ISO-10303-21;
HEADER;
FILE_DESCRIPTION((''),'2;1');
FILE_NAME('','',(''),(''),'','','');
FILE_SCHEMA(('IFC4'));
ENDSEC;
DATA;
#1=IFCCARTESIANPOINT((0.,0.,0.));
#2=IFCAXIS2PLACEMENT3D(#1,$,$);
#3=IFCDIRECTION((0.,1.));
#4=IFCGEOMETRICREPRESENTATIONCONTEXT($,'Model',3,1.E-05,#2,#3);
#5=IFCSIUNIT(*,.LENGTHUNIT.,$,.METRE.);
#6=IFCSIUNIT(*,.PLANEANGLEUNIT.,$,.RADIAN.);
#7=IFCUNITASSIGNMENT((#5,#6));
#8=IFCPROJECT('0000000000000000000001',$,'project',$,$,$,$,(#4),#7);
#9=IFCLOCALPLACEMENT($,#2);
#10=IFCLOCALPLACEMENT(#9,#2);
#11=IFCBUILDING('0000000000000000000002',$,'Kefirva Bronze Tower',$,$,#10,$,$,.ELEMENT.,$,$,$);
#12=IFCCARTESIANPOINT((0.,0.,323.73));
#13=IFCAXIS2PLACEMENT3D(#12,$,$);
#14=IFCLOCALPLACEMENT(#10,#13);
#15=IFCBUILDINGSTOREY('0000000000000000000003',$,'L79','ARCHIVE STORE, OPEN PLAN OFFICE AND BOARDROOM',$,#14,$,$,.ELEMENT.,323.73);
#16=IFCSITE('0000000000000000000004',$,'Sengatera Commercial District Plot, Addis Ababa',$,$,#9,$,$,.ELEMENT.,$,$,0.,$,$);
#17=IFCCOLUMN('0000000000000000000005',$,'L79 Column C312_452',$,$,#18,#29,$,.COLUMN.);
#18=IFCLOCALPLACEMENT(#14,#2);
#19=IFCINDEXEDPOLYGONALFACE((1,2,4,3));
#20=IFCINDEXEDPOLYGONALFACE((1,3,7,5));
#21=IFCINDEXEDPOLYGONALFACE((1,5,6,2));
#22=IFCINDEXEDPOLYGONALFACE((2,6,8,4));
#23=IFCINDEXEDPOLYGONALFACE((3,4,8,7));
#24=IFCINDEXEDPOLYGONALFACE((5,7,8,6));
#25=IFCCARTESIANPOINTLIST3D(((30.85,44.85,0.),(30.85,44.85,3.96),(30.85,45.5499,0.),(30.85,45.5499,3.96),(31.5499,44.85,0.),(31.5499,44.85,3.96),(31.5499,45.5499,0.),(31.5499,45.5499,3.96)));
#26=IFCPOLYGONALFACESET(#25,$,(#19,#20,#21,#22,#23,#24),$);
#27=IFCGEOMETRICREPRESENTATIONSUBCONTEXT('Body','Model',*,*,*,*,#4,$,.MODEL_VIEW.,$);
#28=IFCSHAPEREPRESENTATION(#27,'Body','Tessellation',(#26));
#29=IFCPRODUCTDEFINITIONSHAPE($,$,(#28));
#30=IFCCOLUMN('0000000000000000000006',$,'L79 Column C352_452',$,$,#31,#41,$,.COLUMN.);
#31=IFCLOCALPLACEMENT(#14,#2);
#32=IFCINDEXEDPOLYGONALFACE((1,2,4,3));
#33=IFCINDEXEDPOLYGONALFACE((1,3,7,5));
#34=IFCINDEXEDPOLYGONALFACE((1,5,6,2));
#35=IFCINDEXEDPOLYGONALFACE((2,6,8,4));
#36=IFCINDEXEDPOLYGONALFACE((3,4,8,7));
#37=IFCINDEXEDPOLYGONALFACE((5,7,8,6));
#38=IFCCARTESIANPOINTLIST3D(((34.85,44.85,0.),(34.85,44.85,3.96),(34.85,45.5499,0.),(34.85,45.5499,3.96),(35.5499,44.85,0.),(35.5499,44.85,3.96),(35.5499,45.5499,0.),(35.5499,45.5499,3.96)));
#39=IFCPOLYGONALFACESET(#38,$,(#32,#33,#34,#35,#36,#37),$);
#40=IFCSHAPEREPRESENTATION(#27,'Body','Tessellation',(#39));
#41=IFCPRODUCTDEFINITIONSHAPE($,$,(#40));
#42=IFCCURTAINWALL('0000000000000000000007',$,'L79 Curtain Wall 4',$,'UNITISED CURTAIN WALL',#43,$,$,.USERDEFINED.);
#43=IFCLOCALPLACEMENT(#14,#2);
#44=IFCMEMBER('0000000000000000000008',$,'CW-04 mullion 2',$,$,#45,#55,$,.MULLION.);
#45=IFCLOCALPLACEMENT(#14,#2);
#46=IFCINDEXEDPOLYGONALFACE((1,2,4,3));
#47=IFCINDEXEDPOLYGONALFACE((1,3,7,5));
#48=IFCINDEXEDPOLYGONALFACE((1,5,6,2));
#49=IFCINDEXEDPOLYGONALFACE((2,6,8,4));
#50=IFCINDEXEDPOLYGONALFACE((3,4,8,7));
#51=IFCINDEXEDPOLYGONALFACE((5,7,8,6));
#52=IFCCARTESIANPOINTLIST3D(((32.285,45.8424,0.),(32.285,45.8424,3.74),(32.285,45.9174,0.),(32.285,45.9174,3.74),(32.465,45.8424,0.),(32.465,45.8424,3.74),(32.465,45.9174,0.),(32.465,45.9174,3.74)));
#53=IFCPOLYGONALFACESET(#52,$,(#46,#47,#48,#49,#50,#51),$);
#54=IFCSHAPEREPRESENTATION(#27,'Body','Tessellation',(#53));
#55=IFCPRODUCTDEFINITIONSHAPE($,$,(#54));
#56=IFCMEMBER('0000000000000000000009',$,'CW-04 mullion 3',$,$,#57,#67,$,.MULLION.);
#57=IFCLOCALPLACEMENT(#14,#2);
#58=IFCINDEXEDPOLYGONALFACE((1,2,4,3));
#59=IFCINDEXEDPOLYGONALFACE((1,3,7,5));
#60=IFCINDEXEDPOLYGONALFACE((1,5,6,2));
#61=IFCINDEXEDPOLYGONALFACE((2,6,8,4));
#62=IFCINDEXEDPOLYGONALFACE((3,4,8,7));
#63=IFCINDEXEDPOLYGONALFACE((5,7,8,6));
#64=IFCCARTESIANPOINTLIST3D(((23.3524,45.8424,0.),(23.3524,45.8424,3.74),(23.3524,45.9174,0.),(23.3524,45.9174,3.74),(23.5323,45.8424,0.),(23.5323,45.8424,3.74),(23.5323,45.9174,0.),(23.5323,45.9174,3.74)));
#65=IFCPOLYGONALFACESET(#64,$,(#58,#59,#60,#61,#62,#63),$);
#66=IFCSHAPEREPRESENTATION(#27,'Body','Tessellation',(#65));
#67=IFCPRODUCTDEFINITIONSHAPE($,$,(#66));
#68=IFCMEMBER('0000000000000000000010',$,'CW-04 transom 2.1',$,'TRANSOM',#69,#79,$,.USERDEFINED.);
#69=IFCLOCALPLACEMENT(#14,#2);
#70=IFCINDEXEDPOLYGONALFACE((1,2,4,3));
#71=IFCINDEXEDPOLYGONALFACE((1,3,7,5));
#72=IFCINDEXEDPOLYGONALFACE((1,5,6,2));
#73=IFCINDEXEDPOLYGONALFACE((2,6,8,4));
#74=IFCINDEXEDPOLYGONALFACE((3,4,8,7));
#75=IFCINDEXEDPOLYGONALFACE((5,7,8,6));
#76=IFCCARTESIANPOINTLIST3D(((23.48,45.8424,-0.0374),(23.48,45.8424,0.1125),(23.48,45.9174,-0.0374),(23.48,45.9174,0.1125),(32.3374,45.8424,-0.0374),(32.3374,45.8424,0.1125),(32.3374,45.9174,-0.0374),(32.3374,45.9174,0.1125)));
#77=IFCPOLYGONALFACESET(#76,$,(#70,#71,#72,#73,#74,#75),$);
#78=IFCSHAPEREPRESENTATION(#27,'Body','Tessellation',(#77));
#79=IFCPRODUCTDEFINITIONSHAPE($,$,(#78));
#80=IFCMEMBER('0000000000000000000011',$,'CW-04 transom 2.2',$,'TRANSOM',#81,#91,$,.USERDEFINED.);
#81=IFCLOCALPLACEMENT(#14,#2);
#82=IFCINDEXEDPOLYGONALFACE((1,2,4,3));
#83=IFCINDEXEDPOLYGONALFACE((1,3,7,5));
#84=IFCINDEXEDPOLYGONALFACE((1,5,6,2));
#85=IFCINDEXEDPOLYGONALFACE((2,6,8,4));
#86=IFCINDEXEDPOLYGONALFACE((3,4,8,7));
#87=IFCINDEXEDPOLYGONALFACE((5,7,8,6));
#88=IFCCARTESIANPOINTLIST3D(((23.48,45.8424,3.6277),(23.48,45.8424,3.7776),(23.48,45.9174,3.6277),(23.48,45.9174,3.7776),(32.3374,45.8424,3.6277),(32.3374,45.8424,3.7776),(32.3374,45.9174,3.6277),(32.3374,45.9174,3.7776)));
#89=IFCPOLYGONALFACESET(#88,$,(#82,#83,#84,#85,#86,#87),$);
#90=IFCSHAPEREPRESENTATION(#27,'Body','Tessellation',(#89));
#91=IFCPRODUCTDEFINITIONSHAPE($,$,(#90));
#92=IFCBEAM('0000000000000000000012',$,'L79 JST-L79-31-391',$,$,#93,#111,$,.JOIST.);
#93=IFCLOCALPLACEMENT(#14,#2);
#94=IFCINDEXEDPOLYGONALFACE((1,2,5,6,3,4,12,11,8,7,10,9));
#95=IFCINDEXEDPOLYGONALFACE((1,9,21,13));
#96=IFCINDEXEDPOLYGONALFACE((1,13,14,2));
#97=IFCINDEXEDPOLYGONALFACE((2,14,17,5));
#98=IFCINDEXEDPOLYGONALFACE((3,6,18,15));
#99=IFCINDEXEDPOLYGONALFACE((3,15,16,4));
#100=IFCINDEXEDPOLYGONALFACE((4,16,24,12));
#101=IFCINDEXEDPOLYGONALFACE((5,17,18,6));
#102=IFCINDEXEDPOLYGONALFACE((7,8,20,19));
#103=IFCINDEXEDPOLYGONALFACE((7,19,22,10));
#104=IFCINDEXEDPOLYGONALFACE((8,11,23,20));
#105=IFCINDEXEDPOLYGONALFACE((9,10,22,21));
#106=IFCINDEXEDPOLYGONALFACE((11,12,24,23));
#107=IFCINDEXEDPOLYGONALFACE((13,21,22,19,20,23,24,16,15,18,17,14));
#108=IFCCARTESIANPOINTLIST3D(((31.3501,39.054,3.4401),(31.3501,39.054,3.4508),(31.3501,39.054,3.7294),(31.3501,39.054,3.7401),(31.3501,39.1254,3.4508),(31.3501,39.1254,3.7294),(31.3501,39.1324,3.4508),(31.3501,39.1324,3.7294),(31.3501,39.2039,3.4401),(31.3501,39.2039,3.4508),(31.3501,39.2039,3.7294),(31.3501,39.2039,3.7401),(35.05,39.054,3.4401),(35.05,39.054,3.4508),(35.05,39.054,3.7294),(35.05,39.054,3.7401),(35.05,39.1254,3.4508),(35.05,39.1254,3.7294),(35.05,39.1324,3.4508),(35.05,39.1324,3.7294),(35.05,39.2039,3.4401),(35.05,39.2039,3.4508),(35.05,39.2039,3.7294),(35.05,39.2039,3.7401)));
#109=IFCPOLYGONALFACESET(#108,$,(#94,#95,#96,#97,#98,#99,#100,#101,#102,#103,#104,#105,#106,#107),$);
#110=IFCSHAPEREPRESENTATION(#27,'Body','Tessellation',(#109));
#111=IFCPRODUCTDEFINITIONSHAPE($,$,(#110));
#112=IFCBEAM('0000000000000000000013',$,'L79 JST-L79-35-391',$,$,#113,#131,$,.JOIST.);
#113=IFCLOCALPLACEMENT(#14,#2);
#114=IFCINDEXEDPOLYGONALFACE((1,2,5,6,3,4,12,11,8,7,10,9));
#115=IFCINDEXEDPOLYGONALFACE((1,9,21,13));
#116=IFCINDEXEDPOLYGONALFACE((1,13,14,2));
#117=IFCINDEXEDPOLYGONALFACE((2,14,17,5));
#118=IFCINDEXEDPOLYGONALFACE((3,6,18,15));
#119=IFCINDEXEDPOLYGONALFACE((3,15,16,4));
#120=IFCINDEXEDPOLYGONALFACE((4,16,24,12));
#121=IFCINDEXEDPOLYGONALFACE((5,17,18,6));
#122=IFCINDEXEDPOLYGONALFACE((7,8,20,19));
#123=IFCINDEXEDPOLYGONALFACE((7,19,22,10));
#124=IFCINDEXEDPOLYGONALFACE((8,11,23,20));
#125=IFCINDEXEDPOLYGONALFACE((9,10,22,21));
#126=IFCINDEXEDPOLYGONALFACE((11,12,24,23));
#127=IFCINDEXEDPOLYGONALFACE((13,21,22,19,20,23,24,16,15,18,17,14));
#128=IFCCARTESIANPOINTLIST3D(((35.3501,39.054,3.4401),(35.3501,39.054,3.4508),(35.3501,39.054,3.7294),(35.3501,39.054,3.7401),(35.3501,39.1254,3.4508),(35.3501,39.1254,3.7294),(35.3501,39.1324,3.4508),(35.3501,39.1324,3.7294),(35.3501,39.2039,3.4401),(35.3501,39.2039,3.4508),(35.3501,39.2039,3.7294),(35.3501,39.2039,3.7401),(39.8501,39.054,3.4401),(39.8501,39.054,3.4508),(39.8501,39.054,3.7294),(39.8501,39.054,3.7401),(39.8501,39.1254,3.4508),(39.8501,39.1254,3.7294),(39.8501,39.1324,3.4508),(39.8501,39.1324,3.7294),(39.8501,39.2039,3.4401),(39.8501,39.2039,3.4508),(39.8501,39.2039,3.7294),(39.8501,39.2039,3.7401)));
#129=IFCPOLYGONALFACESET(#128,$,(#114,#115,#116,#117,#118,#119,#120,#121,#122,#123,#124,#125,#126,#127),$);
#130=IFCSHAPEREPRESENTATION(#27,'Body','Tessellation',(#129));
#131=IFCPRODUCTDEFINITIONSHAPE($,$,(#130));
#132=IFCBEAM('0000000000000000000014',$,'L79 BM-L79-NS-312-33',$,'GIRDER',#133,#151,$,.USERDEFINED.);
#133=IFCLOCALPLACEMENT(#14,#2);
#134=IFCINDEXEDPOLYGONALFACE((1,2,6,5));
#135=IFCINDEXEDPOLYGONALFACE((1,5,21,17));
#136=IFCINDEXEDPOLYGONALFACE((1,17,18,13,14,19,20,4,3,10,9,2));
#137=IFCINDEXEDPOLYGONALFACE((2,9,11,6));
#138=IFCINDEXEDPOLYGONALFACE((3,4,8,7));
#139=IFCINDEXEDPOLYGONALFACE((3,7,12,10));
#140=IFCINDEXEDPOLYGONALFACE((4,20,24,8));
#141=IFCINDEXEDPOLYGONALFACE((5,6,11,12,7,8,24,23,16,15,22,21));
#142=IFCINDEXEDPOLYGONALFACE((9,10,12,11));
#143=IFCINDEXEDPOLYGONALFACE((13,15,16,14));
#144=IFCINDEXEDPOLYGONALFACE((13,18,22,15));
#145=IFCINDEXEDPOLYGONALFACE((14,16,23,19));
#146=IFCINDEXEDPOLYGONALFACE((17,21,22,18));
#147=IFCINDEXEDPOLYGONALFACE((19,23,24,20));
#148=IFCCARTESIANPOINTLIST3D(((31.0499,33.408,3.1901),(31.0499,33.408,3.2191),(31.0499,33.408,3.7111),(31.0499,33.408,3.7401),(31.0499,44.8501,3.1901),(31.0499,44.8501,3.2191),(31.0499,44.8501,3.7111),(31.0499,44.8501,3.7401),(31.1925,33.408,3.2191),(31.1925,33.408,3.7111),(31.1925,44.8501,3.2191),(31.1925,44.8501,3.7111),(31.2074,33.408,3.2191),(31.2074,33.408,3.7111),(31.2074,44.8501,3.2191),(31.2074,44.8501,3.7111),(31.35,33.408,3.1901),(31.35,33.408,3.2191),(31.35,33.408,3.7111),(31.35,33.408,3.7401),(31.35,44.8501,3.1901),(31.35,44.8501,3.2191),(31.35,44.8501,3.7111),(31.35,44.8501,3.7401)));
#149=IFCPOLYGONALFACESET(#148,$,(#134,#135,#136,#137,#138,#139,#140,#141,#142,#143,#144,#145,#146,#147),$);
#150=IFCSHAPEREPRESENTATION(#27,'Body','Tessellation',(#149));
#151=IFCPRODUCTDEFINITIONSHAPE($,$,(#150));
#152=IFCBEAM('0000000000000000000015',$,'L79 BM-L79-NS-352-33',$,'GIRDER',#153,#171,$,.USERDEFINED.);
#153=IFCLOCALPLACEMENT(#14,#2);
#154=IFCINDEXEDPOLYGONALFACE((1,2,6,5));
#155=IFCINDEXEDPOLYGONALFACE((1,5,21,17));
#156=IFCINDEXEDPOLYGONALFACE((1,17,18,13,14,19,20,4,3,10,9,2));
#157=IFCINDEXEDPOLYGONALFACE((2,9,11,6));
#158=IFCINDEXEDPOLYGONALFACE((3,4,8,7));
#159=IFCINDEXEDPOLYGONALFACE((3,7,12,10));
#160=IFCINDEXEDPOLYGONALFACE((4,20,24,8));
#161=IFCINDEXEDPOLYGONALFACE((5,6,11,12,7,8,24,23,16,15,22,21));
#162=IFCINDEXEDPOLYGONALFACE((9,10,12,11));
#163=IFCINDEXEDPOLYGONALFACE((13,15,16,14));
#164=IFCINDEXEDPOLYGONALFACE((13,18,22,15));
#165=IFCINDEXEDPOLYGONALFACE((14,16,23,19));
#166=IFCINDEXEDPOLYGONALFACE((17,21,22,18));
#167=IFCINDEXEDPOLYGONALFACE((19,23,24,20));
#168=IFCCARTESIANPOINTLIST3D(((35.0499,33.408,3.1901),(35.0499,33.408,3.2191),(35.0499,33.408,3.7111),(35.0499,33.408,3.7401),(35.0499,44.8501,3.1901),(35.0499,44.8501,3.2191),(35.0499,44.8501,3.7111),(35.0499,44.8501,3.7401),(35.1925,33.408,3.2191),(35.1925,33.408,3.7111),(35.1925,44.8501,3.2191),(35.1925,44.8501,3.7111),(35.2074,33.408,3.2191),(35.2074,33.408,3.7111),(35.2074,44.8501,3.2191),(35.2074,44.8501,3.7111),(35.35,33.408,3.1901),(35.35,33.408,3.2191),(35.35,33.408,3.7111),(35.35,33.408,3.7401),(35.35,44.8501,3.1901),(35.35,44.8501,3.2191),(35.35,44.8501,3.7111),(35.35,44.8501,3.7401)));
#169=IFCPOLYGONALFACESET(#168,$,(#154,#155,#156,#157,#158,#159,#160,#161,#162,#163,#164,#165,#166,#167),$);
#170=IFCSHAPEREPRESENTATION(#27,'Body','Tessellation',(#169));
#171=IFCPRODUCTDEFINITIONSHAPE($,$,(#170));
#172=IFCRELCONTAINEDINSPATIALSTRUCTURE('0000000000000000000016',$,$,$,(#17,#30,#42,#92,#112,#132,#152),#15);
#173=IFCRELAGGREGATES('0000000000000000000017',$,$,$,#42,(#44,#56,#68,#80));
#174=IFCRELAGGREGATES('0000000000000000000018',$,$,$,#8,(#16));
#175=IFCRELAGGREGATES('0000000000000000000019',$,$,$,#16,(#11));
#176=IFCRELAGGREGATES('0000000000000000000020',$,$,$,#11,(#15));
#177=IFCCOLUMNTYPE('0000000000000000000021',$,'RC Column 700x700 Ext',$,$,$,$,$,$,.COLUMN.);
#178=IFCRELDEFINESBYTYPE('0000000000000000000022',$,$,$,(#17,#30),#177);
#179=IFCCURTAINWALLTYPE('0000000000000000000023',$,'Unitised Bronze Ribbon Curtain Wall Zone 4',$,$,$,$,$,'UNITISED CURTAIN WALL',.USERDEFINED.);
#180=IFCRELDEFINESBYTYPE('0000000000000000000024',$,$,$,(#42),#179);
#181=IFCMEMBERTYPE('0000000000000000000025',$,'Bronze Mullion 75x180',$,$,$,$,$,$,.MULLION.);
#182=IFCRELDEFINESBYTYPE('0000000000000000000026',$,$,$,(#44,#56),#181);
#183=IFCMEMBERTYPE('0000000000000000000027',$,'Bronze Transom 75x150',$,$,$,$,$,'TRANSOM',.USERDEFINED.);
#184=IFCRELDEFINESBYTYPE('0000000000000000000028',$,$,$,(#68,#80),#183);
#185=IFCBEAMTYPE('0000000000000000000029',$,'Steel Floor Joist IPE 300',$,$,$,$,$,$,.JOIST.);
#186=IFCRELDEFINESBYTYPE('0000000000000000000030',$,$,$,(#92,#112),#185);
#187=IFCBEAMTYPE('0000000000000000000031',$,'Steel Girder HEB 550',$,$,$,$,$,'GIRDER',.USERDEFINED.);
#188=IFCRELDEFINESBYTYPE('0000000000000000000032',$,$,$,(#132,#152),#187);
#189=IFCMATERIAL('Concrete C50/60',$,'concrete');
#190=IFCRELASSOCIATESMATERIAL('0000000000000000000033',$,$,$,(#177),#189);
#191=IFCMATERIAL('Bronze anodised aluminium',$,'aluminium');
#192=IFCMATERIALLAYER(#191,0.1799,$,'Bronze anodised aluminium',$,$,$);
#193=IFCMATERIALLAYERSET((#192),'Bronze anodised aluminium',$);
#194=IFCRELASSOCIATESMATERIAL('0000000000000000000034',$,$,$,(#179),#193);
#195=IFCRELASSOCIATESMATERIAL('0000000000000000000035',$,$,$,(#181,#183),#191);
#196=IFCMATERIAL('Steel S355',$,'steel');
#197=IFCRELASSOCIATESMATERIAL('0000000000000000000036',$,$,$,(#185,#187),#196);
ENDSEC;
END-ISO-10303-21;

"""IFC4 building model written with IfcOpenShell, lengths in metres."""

from ifc_helpers import new_model, si_unit, direction, frame, origin, origin_2d, place, context, subcontext, project, spatial, rectangle, i_section, extrude, material, layer, layer_set, material_profile, profile_set, type_object, element, aggregate, save


model = new_model("IFC4")

# Units and contexts
model_context = context("Model", 3, precision=1e-05, world=origin(), true_north=direction((0.0, 1.0)))
body_context = subcontext(model_context, "Body", "Model", "MODEL_VIEW")
ifc_project = project(units=[si_unit("LENGTHUNIT", "METRE"), si_unit("PLANEANGLEUNIT", "RADIAN")], contexts=[model_context])

# Site, building, storey
site_placement = place(None, origin())
site = spatial("IfcSite", under=ifc_project, at=site_placement, Name="Sengatera Commercial District Plot, Addis Ababa", CompositionType="ELEMENT", RefElevation=0.0)
building_placement = place(site_placement, origin())
building = spatial("IfcBuilding", under=site, at=building_placement, Name="Kefirva Bronze Tower", CompositionType="ELEMENT")
storey_placement = place(building_placement, frame((0.0, 0.0, 323.73)))
storey = spatial("IfcBuildingStorey", under=building, at=storey_placement, Name="L79", Description="ARCHIVE STORE, OPEN PLAN OFFICE AND BOARDROOM", CompositionType="ELEMENT", Elevation=323.73)

# Columns
ifc_material_1 = material(Name="Concrete C50/60", Category="concrete")
ifc_material_profile_1 = material_profile(ifc_material_1, rectangle(XDim=0.7, YDim=0.7, at=origin_2d()), Name="RC 700x700")
ifc_profile_set_1 = profile_set([ifc_material_profile_1], Name="Concrete C50/60")
column_type = type_object("IfcColumnType", Name="RC Column 700x700 Ext", PredefinedType="COLUMN", material=ifc_profile_set_1)
for number, where, z_axis, x_axis, name in (
    (1, (31.2, 45.2, 0.0), (0.0, 0.0, 1.0), (1.0, 0.0, 0.0), "L79 Column C312_452"),
    (2, (35.2, 45.2, 0.0), (0.0, 0.0, 1.0), (1.0, 0.0, 0.0), "L79 Column C352_452"),
):
    element("IfcColumn", number, at=place(storey_placement, frame(where, z_axis=z_axis, x_axis=x_axis)), inside=storey, type_object=column_type, Name=name, PredefinedType="COLUMN", context=body_context, shape_type="SweptSolid", body=[
        extrude(rectangle(XDim=0.7, YDim=0.7, at=origin_2d()), origin(), (0.0, 0.0, 1.0), 3.96),
    ])

# Curtain wall, members
ifc_material_2 = material(Name="Bronze anodised aluminium", Category="aluminium")
ifc_layer_1 = layer(ifc_material_2, 0.1799, Name="Bronze anodised aluminium")
ifc_layer_set_1 = layer_set([ifc_layer_1], Name="Bronze anodised aluminium")
curtain_wall_type = type_object("IfcCurtainWallType", Name="Unitised Bronze Ribbon Curtain Wall Zone 4", ElementType="UNITISED CURTAIN WALL", PredefinedType="USERDEFINED", material=ifc_layer_set_1)
curtain_wall_placement = place(storey_placement, origin())
curtain_wall = element("IfcCurtainWall", 3, at=curtain_wall_placement, inside=storey, type_object=curtain_wall_type, Name="L79 Curtain Wall 4", ObjectType="UNITISED CURTAIN WALL", PredefinedType="USERDEFINED")
ifc_material_profile_2 = material_profile(ifc_material_2, rectangle(XDim=0.075, YDim=0.1799, at=origin_2d()), Name="ALU 75x180")
ifc_profile_set_2 = profile_set([ifc_material_profile_2], Name="Bronze anodised aluminium")
member_type_1 = type_object("IfcMemberType", Name="Bronze Mullion 75x180", PredefinedType="MULLION", material=ifc_profile_set_2)
member_1_placement = place(storey_placement, frame((32.375, 45.8799, 0.0), z_axis=(0.0, 0.0, 1.0), x_axis=(0.0, -1.0, 0.0)))
member_1 = element("IfcMember", 4, at=member_1_placement, type_object=member_type_1, Name="CW-04 mullion 2", PredefinedType="MULLION", context=body_context, shape_type="SweptSolid", body=[
    extrude(rectangle(XDim=0.075, YDim=0.1799, at=origin_2d()), origin(), (0.0, 0.0, 1.0), 3.74),
])
member_2_placement = place(storey_placement, frame((23.4424, 45.8799, 0.0), z_axis=(0.0, 0.0, 1.0), x_axis=(0.0, -1.0, 0.0)))
member_2 = element("IfcMember", 5, at=member_2_placement, type_object=member_type_1, Name="CW-04 mullion 3", PredefinedType="MULLION", context=body_context, shape_type="SweptSolid", body=[
    extrude(rectangle(XDim=0.075, YDim=0.1799, at=origin_2d()), origin(), (0.0, 0.0, 1.0), 3.74),
])
ifc_material_profile_3 = material_profile(ifc_material_2, rectangle(XDim=0.075, YDim=0.1499, at=origin_2d()), Name="ALU 75x150")
ifc_profile_set_3 = profile_set([ifc_material_profile_3], Name="Bronze anodised aluminium")
member_type_2 = type_object("IfcMemberType", Name="Bronze Transom 75x150", ElementType="TRANSOM", PredefinedType="USERDEFINED", material=ifc_profile_set_3)
member_3_placement = place(storey_placement, frame((32.3374, 45.8799, 0.0376), z_axis=(-1.0, 0.0, 0.0), x_axis=(0.0, -1.0, 0.0)))
member_3 = element("IfcMember", 6, at=member_3_placement, type_object=member_type_2, Name="CW-04 transom 2.1", ObjectType="TRANSOM", PredefinedType="USERDEFINED", context=body_context, shape_type="SweptSolid", body=[
    extrude(rectangle(XDim=0.075, YDim=0.1499, at=origin_2d()), origin(), (0.0, 0.0, 1.0), 8.8574),
])
member_4_placement = place(storey_placement, frame((32.3374, 45.8799, 3.7026), z_axis=(-1.0, 0.0, 0.0), x_axis=(0.0, -1.0, 0.0)))
member_4 = element("IfcMember", 7, at=member_4_placement, type_object=member_type_2, Name="CW-04 transom 2.2", ObjectType="TRANSOM", PredefinedType="USERDEFINED", context=body_context, shape_type="SweptSolid", body=[
    extrude(rectangle(XDim=0.075, YDim=0.1499, at=origin_2d()), origin(), (0.0, 0.0, 1.0), 8.8574),
])

# Beams
ifc_material_3 = material(Name="Steel S355", Category="steel")
ifc_material_profile_4 = material_profile(ifc_material_3, i_section(OverallWidth=0.1499, OverallDepth=0.3, WebThickness=0.0071, FlangeThickness=0.0107, at=origin_2d()), Name="IPE 300")
ifc_profile_set_4 = profile_set([ifc_material_profile_4], Name="Steel S355")
beam_type_1 = type_object("IfcBeamType", Name="Steel Floor Joist IPE 300", PredefinedType="JOIST", material=ifc_profile_set_4)
beam_1_placement = place(storey_placement, frame((31.3501, 39.1289, 3.5901), z_axis=(1.0, 0.0, 0.0), x_axis=(0.0, 1.0, 0.0)))
element("IfcBeam", 8, at=beam_1_placement, inside=storey, type_object=beam_type_1, Name="L79 JST-L79-31-391", PredefinedType="JOIST", context=body_context, shape_type="SweptSolid", body=[
    extrude(i_section(OverallWidth=0.1499, OverallDepth=0.3, WebThickness=0.0071, FlangeThickness=0.0107, at=origin_2d()), origin(), (0.0, 0.0, 1.0), 3.7),
])
beam_2_placement = place(storey_placement, frame((35.3501, 39.1289, 3.5901), z_axis=(1.0, 0.0, 0.0), x_axis=(0.0, 1.0, 0.0)))
element("IfcBeam", 9, at=beam_2_placement, inside=storey, type_object=beam_type_1, Name="L79 JST-L79-35-391", PredefinedType="JOIST", context=body_context, shape_type="SweptSolid", body=[
    extrude(i_section(OverallWidth=0.1499, OverallDepth=0.3, WebThickness=0.0071, FlangeThickness=0.0107, at=origin_2d()), origin(), (0.0, 0.0, 1.0), 4.5),
])
ifc_material_profile_5 = material_profile(ifc_material_3, i_section(OverallWidth=0.3, OverallDepth=0.55, WebThickness=0.0149, FlangeThickness=0.0291, at=origin_2d()), Name="HEB 550")
ifc_profile_set_5 = profile_set([ifc_material_profile_5], Name="Steel S355")
beam_type_2 = type_object("IfcBeamType", Name="Steel Girder HEB 550", ElementType="GIRDER", PredefinedType="USERDEFINED", material=ifc_profile_set_5)
for number, where, z_axis, x_axis, name in (
    (10, (31.2, 33.408, 3.4651), (0.0, 1.0, 0.0), (-1.0, 0.0, 0.0), "L79 BM-L79-NS-312-33"),
    (11, (35.2, 33.408, 3.4651), (0.0, 1.0, 0.0), (-1.0, 0.0, 0.0), "L79 BM-L79-NS-352-33"),
):
    element("IfcBeam", number, at=place(storey_placement, frame(where, z_axis=z_axis, x_axis=x_axis)), inside=storey, type_object=beam_type_2, Name=name, ObjectType="GIRDER", PredefinedType="USERDEFINED", context=body_context, shape_type="SweptSolid", body=[
        extrude(i_section(OverallWidth=0.3, OverallDepth=0.55, WebThickness=0.0149, FlangeThickness=0.0291, at=origin_2d()), origin(), (0.0, 0.0, 1.0), 11.4421),
    ])

aggregate(curtain_wall, [member_1, member_2, member_3, member_4])

save(model, "model.ifc")
